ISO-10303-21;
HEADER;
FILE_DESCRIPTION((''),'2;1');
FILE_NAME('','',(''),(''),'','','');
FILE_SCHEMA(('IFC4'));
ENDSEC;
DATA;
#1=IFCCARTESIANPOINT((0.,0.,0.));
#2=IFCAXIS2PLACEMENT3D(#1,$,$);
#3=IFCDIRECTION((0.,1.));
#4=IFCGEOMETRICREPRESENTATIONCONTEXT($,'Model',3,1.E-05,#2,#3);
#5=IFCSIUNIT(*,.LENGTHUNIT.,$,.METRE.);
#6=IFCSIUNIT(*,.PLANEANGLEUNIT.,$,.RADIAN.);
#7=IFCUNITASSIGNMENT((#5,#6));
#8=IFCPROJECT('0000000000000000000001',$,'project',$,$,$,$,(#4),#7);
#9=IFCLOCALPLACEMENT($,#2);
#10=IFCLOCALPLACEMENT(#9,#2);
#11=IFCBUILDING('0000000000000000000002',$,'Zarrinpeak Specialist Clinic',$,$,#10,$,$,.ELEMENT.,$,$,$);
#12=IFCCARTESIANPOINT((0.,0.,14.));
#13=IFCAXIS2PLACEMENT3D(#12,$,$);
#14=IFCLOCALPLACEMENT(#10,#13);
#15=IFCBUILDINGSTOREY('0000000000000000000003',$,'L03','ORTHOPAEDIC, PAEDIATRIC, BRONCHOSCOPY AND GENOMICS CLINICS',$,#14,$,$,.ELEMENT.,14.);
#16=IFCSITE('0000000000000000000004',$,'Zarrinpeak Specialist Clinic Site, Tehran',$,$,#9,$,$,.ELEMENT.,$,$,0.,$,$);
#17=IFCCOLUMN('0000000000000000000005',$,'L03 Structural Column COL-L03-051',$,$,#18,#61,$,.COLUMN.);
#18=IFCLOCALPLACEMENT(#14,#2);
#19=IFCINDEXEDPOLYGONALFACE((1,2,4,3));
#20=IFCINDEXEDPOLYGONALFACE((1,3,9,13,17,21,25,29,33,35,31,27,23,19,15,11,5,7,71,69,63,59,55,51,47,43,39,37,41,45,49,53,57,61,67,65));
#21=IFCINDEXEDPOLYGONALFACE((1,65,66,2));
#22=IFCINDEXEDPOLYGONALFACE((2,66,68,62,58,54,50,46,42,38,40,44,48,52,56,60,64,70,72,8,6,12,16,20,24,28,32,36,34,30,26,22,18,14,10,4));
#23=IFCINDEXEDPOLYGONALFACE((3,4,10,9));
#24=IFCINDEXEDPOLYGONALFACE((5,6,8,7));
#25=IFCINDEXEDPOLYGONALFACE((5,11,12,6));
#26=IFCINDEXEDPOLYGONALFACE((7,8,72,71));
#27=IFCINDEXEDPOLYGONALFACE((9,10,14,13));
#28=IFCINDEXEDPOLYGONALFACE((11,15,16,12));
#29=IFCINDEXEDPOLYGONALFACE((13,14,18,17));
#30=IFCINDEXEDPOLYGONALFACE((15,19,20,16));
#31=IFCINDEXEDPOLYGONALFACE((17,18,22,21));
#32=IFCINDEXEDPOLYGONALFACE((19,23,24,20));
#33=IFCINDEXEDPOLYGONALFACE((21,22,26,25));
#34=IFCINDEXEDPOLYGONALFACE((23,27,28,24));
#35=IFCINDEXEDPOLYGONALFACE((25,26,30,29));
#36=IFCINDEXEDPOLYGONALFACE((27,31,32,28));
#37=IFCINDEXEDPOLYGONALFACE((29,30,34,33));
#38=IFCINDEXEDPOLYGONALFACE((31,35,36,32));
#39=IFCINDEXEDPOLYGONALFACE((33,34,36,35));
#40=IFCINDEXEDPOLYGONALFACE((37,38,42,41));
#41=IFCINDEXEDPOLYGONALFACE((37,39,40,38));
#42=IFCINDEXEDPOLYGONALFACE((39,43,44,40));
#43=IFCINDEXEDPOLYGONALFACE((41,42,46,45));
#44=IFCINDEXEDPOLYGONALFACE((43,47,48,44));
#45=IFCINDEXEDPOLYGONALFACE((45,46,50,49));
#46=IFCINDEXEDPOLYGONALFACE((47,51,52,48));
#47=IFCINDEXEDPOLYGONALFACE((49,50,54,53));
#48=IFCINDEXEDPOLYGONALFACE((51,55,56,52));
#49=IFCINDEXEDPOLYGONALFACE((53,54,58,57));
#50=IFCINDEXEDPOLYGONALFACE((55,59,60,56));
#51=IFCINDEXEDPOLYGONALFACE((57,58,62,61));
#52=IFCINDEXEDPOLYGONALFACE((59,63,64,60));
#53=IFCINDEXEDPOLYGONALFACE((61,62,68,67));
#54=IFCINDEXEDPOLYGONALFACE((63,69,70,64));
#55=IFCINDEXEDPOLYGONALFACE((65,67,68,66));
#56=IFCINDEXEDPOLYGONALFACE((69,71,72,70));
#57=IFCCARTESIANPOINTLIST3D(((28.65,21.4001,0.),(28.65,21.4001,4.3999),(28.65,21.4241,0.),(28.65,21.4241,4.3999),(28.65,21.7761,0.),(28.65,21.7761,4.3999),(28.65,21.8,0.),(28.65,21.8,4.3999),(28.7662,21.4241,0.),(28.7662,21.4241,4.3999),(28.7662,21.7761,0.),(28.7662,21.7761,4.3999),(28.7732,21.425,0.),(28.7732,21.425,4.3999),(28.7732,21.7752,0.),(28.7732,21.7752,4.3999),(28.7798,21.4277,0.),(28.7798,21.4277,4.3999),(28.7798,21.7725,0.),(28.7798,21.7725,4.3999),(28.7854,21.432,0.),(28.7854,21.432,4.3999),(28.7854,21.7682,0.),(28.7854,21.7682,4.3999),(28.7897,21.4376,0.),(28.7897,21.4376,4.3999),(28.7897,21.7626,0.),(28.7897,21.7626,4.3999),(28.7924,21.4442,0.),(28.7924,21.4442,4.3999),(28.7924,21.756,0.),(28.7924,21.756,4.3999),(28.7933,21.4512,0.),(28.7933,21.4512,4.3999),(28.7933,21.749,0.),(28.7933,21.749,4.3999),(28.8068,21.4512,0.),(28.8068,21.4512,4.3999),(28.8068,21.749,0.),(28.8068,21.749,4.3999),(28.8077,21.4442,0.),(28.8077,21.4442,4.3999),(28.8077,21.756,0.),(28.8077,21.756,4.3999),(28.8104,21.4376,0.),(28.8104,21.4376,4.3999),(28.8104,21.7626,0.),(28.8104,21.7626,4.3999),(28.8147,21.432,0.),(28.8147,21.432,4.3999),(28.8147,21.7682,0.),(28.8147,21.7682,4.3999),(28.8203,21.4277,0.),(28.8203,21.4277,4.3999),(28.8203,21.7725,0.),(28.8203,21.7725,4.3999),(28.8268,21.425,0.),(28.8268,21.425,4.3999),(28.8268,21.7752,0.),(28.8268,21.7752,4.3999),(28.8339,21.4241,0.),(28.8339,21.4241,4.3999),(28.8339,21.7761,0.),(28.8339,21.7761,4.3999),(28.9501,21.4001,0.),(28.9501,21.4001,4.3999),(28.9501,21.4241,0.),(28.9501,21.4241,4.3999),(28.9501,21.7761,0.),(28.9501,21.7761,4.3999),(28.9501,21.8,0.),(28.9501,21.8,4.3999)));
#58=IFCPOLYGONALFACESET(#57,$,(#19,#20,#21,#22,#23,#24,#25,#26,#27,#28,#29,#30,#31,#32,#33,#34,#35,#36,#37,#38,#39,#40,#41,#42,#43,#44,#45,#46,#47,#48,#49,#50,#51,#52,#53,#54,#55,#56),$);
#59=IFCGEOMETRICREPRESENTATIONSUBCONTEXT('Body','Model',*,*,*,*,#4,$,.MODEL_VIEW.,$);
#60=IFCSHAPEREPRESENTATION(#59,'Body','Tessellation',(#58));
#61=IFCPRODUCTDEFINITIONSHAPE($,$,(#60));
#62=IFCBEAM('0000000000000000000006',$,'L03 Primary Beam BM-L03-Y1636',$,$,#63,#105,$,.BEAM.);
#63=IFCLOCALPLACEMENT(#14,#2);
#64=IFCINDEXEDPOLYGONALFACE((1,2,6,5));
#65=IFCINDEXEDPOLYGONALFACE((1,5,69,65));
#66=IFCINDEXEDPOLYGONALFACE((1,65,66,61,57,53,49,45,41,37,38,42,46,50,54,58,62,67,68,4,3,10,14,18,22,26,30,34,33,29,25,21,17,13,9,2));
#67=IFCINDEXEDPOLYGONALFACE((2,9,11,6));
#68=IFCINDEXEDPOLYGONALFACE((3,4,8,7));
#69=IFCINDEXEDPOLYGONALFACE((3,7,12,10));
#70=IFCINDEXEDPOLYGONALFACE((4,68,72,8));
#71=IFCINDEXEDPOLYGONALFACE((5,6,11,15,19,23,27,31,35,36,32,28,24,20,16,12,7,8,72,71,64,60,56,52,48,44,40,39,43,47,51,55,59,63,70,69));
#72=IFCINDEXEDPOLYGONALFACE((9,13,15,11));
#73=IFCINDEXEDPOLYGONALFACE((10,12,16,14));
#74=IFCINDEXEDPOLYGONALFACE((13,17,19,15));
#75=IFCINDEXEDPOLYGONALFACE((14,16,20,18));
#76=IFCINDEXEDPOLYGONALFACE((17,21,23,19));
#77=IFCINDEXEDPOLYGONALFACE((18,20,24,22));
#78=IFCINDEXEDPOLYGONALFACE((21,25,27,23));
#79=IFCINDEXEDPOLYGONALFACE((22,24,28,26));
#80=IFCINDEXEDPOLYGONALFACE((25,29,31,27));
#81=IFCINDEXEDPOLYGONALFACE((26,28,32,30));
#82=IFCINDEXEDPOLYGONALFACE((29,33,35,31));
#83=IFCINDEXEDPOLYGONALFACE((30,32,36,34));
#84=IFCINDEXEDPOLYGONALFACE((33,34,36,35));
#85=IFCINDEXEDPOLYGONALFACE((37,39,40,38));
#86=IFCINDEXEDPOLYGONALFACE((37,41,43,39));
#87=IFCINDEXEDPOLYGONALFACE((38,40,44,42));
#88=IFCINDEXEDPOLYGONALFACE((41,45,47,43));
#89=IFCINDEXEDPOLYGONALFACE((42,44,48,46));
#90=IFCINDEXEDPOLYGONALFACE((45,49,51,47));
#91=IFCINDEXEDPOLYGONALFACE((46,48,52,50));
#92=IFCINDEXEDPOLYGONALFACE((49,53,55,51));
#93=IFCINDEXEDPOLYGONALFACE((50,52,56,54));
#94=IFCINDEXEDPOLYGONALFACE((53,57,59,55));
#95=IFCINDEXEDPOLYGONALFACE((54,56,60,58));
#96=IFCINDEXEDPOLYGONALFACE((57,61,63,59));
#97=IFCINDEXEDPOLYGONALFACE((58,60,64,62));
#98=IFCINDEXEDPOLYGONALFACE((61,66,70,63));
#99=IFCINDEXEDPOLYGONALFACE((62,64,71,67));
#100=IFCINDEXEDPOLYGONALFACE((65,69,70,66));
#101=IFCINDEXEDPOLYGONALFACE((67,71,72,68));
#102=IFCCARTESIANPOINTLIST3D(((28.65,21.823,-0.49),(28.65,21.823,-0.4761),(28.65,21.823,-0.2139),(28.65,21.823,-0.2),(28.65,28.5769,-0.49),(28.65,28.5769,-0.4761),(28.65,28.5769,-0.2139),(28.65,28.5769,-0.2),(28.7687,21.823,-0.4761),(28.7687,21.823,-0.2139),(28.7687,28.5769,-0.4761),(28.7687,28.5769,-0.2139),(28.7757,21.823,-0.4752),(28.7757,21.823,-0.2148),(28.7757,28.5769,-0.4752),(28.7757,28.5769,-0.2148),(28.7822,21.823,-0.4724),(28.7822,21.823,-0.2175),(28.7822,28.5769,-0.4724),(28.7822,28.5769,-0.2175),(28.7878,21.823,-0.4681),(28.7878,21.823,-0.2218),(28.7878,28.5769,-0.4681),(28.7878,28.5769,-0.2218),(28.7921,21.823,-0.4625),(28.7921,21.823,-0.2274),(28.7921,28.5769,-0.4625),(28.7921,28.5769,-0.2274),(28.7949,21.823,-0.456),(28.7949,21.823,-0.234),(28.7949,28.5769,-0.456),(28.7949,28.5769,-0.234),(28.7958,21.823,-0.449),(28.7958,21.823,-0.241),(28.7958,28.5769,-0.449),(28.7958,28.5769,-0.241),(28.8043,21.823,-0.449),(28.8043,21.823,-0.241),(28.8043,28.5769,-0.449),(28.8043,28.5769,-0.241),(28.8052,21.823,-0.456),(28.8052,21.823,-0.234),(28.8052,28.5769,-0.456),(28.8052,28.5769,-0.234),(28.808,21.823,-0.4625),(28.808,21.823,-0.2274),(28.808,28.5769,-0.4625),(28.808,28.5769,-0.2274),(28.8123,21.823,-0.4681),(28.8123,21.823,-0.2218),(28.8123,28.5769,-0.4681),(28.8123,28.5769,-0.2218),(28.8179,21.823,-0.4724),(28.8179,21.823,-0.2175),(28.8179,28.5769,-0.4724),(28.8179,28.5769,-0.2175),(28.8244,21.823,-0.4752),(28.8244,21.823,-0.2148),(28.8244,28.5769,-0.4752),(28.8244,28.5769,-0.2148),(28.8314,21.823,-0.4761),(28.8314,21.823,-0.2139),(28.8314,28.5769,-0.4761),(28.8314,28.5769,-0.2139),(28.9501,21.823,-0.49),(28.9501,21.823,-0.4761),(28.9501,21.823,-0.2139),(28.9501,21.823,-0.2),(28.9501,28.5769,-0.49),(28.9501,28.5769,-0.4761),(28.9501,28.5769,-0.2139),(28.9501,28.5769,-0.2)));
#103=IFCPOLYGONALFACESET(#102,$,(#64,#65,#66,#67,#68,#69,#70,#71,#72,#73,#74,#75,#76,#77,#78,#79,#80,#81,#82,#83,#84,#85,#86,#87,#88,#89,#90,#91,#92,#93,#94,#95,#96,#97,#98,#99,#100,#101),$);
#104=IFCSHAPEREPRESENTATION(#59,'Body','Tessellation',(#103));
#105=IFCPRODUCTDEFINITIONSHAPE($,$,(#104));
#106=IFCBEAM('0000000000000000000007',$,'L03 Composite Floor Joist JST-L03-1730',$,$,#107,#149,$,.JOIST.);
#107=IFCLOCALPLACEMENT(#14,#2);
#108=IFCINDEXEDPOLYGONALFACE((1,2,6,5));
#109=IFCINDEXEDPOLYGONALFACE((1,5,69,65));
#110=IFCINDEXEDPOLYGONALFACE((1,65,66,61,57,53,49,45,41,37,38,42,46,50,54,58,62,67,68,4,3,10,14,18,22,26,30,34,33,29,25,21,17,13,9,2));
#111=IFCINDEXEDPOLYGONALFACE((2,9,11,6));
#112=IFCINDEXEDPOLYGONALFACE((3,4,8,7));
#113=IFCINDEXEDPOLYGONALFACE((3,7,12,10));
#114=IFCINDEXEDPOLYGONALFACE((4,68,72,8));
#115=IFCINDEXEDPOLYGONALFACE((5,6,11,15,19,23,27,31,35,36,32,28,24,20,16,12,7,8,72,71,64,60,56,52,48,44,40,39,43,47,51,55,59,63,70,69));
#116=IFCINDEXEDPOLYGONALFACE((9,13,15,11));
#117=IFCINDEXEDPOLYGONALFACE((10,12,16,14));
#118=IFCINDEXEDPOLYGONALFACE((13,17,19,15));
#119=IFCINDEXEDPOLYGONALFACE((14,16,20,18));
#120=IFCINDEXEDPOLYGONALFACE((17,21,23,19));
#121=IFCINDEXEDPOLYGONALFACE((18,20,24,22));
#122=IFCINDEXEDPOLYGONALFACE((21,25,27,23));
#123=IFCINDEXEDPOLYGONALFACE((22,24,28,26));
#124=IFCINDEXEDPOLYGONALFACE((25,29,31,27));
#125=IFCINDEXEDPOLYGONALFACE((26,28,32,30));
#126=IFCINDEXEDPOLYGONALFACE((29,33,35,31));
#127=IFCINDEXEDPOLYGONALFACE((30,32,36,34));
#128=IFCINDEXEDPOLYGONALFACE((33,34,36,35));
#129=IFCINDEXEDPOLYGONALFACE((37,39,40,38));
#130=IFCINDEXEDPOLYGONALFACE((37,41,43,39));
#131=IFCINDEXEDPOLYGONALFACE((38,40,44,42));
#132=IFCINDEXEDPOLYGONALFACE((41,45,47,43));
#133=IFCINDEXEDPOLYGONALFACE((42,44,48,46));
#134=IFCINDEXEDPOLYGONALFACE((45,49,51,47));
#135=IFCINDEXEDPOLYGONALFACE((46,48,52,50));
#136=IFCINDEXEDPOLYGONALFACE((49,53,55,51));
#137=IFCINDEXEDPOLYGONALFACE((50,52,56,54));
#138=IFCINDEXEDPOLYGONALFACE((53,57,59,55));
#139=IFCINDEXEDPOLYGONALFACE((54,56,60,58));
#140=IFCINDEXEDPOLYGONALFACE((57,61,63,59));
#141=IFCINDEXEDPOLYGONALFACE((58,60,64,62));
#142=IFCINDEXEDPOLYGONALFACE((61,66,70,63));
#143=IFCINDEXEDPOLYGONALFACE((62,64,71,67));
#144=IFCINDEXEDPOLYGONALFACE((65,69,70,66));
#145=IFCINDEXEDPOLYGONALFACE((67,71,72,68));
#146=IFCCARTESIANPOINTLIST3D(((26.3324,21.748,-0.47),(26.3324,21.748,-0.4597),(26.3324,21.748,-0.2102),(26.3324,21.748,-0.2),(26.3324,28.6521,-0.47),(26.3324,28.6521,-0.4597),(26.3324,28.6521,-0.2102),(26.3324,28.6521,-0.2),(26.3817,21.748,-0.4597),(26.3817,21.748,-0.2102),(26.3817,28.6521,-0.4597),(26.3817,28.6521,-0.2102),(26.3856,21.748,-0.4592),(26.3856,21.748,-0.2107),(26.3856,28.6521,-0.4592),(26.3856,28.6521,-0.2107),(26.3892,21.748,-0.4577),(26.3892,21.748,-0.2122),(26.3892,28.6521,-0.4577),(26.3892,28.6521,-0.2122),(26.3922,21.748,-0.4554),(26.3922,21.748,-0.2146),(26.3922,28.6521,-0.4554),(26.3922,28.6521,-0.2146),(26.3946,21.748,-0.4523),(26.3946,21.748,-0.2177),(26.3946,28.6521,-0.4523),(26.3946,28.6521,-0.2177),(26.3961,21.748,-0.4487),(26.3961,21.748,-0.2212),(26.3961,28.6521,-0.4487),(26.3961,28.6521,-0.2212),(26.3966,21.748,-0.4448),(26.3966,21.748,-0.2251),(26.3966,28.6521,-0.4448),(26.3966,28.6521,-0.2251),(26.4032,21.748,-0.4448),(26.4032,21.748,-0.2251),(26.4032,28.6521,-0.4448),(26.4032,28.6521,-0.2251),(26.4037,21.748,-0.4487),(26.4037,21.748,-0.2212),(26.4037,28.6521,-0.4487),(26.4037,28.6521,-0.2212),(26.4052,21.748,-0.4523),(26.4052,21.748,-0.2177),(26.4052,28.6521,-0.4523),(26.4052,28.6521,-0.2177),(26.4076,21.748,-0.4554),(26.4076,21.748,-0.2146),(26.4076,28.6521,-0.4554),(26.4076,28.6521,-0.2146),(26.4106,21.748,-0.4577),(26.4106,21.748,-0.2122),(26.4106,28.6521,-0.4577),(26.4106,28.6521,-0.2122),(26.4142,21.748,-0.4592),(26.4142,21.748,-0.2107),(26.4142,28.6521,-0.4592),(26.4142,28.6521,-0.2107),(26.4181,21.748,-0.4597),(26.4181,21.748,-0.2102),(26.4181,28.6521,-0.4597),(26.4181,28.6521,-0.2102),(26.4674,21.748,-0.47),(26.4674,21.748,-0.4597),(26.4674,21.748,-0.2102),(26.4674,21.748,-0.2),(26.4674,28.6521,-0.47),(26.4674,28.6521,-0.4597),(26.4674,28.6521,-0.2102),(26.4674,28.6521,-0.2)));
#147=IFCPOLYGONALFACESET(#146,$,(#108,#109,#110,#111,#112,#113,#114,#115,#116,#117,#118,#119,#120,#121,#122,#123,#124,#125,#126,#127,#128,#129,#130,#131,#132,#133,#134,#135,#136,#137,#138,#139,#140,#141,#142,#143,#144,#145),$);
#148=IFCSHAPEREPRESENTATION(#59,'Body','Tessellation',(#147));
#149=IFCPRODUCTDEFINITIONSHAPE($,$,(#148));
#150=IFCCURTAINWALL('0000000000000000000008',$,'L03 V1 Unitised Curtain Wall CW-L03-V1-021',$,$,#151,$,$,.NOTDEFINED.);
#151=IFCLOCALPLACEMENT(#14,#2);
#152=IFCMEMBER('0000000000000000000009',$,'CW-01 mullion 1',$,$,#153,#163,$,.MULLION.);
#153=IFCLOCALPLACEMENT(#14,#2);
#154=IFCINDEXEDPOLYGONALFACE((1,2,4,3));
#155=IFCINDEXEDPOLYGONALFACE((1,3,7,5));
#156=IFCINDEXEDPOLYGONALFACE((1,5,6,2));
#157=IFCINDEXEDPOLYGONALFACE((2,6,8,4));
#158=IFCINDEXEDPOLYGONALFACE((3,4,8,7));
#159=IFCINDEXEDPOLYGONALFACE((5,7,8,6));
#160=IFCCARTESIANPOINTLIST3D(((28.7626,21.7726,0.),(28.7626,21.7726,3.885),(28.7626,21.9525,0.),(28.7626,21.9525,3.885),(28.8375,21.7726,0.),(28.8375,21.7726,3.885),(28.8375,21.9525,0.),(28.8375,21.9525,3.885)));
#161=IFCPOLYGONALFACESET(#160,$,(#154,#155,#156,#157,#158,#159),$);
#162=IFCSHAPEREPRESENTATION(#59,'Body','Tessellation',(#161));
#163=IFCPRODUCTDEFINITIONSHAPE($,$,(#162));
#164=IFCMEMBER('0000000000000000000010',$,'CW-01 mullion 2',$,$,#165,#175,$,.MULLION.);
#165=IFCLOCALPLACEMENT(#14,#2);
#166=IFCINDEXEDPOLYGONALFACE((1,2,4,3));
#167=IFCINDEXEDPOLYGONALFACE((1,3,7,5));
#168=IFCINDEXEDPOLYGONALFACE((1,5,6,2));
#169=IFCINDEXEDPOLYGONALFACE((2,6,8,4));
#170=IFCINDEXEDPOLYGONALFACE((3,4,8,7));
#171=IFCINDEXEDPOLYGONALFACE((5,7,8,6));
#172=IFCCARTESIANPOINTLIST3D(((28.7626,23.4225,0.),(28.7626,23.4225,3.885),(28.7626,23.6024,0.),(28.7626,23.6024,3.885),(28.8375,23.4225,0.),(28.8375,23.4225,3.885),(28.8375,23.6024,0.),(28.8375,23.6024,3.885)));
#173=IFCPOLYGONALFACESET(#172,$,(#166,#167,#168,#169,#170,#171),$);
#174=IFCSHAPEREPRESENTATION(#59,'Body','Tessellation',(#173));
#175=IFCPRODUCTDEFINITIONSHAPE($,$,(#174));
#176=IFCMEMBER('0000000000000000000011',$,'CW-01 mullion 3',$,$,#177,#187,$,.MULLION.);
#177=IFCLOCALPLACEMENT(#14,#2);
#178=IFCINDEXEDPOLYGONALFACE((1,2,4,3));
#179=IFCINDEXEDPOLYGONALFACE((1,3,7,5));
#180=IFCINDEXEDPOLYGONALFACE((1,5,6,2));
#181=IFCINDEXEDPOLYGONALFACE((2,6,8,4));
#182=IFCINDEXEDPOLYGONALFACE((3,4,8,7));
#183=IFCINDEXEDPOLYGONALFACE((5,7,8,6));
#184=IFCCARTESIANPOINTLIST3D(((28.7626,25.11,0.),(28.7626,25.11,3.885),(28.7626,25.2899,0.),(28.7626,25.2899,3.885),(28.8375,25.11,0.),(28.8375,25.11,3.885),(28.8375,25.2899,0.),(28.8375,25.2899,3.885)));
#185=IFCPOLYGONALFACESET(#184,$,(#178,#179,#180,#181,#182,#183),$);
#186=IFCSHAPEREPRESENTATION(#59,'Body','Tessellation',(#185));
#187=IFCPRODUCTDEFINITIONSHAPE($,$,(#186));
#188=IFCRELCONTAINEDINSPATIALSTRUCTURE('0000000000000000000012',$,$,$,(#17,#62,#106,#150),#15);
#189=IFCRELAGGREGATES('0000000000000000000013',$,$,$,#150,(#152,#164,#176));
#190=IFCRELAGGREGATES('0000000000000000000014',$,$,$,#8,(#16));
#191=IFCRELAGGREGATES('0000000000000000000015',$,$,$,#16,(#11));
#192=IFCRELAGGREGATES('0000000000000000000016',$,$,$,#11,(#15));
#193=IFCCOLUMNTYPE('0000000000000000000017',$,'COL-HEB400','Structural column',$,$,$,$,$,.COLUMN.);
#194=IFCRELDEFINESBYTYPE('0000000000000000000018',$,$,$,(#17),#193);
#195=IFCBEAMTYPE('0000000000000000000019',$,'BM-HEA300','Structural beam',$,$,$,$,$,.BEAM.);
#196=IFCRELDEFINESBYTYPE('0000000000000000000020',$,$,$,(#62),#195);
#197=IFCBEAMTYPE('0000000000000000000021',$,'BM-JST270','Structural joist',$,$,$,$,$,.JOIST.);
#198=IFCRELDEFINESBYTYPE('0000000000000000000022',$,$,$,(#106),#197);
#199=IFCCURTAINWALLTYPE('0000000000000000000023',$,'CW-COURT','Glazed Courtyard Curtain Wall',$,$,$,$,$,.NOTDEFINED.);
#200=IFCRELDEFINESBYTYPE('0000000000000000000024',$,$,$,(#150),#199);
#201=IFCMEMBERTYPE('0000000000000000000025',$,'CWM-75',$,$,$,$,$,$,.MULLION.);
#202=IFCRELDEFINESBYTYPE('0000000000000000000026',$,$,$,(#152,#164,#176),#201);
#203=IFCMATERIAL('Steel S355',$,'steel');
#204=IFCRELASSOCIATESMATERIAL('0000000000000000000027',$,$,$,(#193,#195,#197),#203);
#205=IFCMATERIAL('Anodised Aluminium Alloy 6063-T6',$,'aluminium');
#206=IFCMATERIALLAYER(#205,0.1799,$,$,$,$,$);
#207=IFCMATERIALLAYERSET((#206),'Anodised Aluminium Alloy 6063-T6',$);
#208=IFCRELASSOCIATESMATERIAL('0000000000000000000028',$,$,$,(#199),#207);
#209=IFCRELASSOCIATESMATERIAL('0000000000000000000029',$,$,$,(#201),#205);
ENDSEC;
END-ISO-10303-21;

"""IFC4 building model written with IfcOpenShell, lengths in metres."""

from ifc_helpers import new_model, si_unit, direction, frame, origin, origin_2d, place, context, subcontext, project, spatial, rectangle, i_section, extrude, material, layer, layer_set, material_profile, profile_set, type_object, element, aggregate, save


model = new_model("IFC4")

# Units and contexts
model_context = context("Model", 3, precision=1e-05, world=origin(), true_north=direction((0.0, 1.0)))
body_context = subcontext(model_context, "Body", "Model", "MODEL_VIEW")
ifc_project = project(units=[si_unit("LENGTHUNIT", "METRE"), si_unit("PLANEANGLEUNIT", "RADIAN")], contexts=[model_context])

# Site, building, storey
site_placement = place(None, origin())
site = spatial("IfcSite", under=ifc_project, at=site_placement, Name="Zarrinpeak Specialist Clinic Site, Tehran", CompositionType="ELEMENT", RefElevation=0.0)
building_placement = place(site_placement, origin())
building = spatial("IfcBuilding", under=site, at=building_placement, Name="Zarrinpeak Specialist Clinic", CompositionType="ELEMENT")
storey_placement = place(building_placement, frame((0.0, 0.0, 14.0)))
storey = spatial("IfcBuildingStorey", under=building, at=storey_placement, Name="L03", Description="ORTHOPAEDIC, PAEDIATRIC, BRONCHOSCOPY AND GENOMICS CLINICS", CompositionType="ELEMENT", Elevation=14.0)

# Column
ifc_material_1 = material(Name="Steel S355", Category="steel")
ifc_material_profile_1 = material_profile(ifc_material_1, i_section(OverallWidth=0.3, OverallDepth=0.3999, WebThickness=0.0134, FlangeThickness=0.0239, FilletRadius=0.0271, at=origin_2d()), Name="HEB 400")
ifc_profile_set_1 = profile_set([ifc_material_profile_1], Name="Steel S355")
column_type = type_object("IfcColumnType", Name="COL-HEB400", Description="Structural column", PredefinedType="COLUMN", material=ifc_profile_set_1)
column_placement = place(storey_placement, frame((28.8, 21.6001, 0.0), z_axis=(0.0, 0.0, 1.0), x_axis=(1.0, 0.0, 0.0)))
element("IfcColumn", 1, at=column_placement, inside=storey, type_object=column_type, Name="L03 Structural Column COL-L03-051", PredefinedType="COLUMN", context=body_context, shape_type="SweptSolid", body=[
    extrude(i_section(OverallWidth=0.3, OverallDepth=0.3999, WebThickness=0.0134, FlangeThickness=0.0239, FilletRadius=0.0271, at=origin_2d()), origin(), (0.0, 0.0, 1.0), 4.3999),
])

# Beams
ifc_material_profile_2 = material_profile(ifc_material_1, i_section(OverallWidth=0.3, OverallDepth=0.29, WebThickness=0.0085, FlangeThickness=0.0139, FilletRadius=0.0271, at=origin_2d()), Name="HEA 300")
ifc_profile_set_2 = profile_set([ifc_material_profile_2], Name="Steel S355")
beam_type_1 = type_object("IfcBeamType", Name="BM-HEA300", Description="Structural beam", PredefinedType="BEAM", material=ifc_profile_set_2)
beam_1_placement = place(storey_placement, frame((28.8, 21.823, -0.345), z_axis=(0.0, 1.0, 0.0), x_axis=(-1.0, 0.0, 0.0)))
element("IfcBeam", 2, at=beam_1_placement, inside=storey, type_object=beam_type_1, Name="L03 Primary Beam BM-L03-Y1636", PredefinedType="BEAM", context=body_context, shape_type="SweptSolid", body=[
    extrude(i_section(OverallWidth=0.3, OverallDepth=0.29, WebThickness=0.0085, FlangeThickness=0.0139, FilletRadius=0.0271, at=origin_2d()), origin(), (0.0, 0.0, 1.0), 6.7539),
])
ifc_material_profile_3 = material_profile(ifc_material_1, i_section(OverallWidth=0.135, OverallDepth=0.27, WebThickness=0.0066, FlangeThickness=0.0103, FilletRadius=0.0149, at=origin_2d()), Name="IPE 270")
ifc_profile_set_3 = profile_set([ifc_material_profile_3], Name="Steel S355")
beam_type_2 = type_object("IfcBeamType", Name="BM-JST270", Description="Structural joist", PredefinedType="JOIST", material=ifc_profile_set_3)
beam_2_placement = place(storey_placement, frame((26.3999, 21.748, -0.335), z_axis=(0.0, 1.0, 0.0), x_axis=(-1.0, 0.0, 0.0)))
element("IfcBeam", 3, at=beam_2_placement, inside=storey, type_object=beam_type_2, Name="L03 Composite Floor Joist JST-L03-1730", PredefinedType="JOIST", context=body_context, shape_type="SweptSolid", body=[
    extrude(i_section(OverallWidth=0.135, OverallDepth=0.27, WebThickness=0.0066, FlangeThickness=0.0103, FilletRadius=0.0149, at=origin_2d()), origin(), (0.0, 0.0, 1.0), 6.9041),
])

# Curtain wall, members
ifc_material_2 = material(Name="Anodised Aluminium Alloy 6063-T6", Category="aluminium")
ifc_layer_1 = layer(ifc_material_2, 0.1799)
ifc_layer_set_1 = layer_set([ifc_layer_1], Name="Anodised Aluminium Alloy 6063-T6")
curtain_wall_type = type_object("IfcCurtainWallType", Name="CW-COURT", Description="Glazed Courtyard Curtain Wall", PredefinedType="NOTDEFINED", material=ifc_layer_set_1)
curtain_wall_placement = place(storey_placement, origin())
curtain_wall = element("IfcCurtainWall", 4, at=curtain_wall_placement, inside=storey, type_object=curtain_wall_type, Name="L03 V1 Unitised Curtain Wall CW-L03-V1-021", PredefinedType="NOTDEFINED")
ifc_material_profile_4 = material_profile(ifc_material_2, rectangle(XDim=0.075, YDim=0.1799, at=origin_2d()), Name="ALU 75x180")
ifc_profile_set_4 = profile_set([ifc_material_profile_4], Name="Anodised Aluminium Alloy 6063-T6")
member_type_1 = type_object("IfcMemberType", Name="CWM-75", PredefinedType="MULLION", material=ifc_profile_set_4)
member_1_placement = place(storey_placement, frame((28.8, 21.8625, 0.0), z_axis=(0.0, 0.0, 1.0), x_axis=(-1.0, 0.0, 0.0)))
member_1 = element("IfcMember", 5, at=member_1_placement, type_object=member_type_1, Name="CW-01 mullion 1", PredefinedType="MULLION", context=body_context, shape_type="SweptSolid", body=[
    extrude(rectangle(XDim=0.075, YDim=0.1799, at=origin_2d()), origin(), (0.0, 0.0, 1.0), 3.885),
])
member_2_placement = place(storey_placement, frame((28.8, 23.5125, 0.0), z_axis=(0.0, 0.0, 1.0), x_axis=(-1.0, 0.0, 0.0)))
member_2 = element("IfcMember", 6, at=member_2_placement, type_object=member_type_1, Name="CW-01 mullion 2", PredefinedType="MULLION", context=body_context, shape_type="SweptSolid", body=[
    extrude(rectangle(XDim=0.075, YDim=0.1799, at=origin_2d()), origin(), (0.0, 0.0, 1.0), 3.885),
])
member_3_placement = place(storey_placement, frame((28.8, 25.2, 0.0), z_axis=(0.0, 0.0, 1.0), x_axis=(-1.0, 0.0, 0.0)))
member_3 = element("IfcMember", 7, at=member_3_placement, type_object=member_type_1, Name="CW-01 mullion 3", PredefinedType="MULLION", context=body_context, shape_type="SweptSolid", body=[
    extrude(rectangle(XDim=0.075, YDim=0.1799, at=origin_2d()), origin(), (0.0, 0.0, 1.0), 3.885),
])
aggregate(curtain_wall, [member_1, member_2, member_3])

save(model, "model.ifc")
